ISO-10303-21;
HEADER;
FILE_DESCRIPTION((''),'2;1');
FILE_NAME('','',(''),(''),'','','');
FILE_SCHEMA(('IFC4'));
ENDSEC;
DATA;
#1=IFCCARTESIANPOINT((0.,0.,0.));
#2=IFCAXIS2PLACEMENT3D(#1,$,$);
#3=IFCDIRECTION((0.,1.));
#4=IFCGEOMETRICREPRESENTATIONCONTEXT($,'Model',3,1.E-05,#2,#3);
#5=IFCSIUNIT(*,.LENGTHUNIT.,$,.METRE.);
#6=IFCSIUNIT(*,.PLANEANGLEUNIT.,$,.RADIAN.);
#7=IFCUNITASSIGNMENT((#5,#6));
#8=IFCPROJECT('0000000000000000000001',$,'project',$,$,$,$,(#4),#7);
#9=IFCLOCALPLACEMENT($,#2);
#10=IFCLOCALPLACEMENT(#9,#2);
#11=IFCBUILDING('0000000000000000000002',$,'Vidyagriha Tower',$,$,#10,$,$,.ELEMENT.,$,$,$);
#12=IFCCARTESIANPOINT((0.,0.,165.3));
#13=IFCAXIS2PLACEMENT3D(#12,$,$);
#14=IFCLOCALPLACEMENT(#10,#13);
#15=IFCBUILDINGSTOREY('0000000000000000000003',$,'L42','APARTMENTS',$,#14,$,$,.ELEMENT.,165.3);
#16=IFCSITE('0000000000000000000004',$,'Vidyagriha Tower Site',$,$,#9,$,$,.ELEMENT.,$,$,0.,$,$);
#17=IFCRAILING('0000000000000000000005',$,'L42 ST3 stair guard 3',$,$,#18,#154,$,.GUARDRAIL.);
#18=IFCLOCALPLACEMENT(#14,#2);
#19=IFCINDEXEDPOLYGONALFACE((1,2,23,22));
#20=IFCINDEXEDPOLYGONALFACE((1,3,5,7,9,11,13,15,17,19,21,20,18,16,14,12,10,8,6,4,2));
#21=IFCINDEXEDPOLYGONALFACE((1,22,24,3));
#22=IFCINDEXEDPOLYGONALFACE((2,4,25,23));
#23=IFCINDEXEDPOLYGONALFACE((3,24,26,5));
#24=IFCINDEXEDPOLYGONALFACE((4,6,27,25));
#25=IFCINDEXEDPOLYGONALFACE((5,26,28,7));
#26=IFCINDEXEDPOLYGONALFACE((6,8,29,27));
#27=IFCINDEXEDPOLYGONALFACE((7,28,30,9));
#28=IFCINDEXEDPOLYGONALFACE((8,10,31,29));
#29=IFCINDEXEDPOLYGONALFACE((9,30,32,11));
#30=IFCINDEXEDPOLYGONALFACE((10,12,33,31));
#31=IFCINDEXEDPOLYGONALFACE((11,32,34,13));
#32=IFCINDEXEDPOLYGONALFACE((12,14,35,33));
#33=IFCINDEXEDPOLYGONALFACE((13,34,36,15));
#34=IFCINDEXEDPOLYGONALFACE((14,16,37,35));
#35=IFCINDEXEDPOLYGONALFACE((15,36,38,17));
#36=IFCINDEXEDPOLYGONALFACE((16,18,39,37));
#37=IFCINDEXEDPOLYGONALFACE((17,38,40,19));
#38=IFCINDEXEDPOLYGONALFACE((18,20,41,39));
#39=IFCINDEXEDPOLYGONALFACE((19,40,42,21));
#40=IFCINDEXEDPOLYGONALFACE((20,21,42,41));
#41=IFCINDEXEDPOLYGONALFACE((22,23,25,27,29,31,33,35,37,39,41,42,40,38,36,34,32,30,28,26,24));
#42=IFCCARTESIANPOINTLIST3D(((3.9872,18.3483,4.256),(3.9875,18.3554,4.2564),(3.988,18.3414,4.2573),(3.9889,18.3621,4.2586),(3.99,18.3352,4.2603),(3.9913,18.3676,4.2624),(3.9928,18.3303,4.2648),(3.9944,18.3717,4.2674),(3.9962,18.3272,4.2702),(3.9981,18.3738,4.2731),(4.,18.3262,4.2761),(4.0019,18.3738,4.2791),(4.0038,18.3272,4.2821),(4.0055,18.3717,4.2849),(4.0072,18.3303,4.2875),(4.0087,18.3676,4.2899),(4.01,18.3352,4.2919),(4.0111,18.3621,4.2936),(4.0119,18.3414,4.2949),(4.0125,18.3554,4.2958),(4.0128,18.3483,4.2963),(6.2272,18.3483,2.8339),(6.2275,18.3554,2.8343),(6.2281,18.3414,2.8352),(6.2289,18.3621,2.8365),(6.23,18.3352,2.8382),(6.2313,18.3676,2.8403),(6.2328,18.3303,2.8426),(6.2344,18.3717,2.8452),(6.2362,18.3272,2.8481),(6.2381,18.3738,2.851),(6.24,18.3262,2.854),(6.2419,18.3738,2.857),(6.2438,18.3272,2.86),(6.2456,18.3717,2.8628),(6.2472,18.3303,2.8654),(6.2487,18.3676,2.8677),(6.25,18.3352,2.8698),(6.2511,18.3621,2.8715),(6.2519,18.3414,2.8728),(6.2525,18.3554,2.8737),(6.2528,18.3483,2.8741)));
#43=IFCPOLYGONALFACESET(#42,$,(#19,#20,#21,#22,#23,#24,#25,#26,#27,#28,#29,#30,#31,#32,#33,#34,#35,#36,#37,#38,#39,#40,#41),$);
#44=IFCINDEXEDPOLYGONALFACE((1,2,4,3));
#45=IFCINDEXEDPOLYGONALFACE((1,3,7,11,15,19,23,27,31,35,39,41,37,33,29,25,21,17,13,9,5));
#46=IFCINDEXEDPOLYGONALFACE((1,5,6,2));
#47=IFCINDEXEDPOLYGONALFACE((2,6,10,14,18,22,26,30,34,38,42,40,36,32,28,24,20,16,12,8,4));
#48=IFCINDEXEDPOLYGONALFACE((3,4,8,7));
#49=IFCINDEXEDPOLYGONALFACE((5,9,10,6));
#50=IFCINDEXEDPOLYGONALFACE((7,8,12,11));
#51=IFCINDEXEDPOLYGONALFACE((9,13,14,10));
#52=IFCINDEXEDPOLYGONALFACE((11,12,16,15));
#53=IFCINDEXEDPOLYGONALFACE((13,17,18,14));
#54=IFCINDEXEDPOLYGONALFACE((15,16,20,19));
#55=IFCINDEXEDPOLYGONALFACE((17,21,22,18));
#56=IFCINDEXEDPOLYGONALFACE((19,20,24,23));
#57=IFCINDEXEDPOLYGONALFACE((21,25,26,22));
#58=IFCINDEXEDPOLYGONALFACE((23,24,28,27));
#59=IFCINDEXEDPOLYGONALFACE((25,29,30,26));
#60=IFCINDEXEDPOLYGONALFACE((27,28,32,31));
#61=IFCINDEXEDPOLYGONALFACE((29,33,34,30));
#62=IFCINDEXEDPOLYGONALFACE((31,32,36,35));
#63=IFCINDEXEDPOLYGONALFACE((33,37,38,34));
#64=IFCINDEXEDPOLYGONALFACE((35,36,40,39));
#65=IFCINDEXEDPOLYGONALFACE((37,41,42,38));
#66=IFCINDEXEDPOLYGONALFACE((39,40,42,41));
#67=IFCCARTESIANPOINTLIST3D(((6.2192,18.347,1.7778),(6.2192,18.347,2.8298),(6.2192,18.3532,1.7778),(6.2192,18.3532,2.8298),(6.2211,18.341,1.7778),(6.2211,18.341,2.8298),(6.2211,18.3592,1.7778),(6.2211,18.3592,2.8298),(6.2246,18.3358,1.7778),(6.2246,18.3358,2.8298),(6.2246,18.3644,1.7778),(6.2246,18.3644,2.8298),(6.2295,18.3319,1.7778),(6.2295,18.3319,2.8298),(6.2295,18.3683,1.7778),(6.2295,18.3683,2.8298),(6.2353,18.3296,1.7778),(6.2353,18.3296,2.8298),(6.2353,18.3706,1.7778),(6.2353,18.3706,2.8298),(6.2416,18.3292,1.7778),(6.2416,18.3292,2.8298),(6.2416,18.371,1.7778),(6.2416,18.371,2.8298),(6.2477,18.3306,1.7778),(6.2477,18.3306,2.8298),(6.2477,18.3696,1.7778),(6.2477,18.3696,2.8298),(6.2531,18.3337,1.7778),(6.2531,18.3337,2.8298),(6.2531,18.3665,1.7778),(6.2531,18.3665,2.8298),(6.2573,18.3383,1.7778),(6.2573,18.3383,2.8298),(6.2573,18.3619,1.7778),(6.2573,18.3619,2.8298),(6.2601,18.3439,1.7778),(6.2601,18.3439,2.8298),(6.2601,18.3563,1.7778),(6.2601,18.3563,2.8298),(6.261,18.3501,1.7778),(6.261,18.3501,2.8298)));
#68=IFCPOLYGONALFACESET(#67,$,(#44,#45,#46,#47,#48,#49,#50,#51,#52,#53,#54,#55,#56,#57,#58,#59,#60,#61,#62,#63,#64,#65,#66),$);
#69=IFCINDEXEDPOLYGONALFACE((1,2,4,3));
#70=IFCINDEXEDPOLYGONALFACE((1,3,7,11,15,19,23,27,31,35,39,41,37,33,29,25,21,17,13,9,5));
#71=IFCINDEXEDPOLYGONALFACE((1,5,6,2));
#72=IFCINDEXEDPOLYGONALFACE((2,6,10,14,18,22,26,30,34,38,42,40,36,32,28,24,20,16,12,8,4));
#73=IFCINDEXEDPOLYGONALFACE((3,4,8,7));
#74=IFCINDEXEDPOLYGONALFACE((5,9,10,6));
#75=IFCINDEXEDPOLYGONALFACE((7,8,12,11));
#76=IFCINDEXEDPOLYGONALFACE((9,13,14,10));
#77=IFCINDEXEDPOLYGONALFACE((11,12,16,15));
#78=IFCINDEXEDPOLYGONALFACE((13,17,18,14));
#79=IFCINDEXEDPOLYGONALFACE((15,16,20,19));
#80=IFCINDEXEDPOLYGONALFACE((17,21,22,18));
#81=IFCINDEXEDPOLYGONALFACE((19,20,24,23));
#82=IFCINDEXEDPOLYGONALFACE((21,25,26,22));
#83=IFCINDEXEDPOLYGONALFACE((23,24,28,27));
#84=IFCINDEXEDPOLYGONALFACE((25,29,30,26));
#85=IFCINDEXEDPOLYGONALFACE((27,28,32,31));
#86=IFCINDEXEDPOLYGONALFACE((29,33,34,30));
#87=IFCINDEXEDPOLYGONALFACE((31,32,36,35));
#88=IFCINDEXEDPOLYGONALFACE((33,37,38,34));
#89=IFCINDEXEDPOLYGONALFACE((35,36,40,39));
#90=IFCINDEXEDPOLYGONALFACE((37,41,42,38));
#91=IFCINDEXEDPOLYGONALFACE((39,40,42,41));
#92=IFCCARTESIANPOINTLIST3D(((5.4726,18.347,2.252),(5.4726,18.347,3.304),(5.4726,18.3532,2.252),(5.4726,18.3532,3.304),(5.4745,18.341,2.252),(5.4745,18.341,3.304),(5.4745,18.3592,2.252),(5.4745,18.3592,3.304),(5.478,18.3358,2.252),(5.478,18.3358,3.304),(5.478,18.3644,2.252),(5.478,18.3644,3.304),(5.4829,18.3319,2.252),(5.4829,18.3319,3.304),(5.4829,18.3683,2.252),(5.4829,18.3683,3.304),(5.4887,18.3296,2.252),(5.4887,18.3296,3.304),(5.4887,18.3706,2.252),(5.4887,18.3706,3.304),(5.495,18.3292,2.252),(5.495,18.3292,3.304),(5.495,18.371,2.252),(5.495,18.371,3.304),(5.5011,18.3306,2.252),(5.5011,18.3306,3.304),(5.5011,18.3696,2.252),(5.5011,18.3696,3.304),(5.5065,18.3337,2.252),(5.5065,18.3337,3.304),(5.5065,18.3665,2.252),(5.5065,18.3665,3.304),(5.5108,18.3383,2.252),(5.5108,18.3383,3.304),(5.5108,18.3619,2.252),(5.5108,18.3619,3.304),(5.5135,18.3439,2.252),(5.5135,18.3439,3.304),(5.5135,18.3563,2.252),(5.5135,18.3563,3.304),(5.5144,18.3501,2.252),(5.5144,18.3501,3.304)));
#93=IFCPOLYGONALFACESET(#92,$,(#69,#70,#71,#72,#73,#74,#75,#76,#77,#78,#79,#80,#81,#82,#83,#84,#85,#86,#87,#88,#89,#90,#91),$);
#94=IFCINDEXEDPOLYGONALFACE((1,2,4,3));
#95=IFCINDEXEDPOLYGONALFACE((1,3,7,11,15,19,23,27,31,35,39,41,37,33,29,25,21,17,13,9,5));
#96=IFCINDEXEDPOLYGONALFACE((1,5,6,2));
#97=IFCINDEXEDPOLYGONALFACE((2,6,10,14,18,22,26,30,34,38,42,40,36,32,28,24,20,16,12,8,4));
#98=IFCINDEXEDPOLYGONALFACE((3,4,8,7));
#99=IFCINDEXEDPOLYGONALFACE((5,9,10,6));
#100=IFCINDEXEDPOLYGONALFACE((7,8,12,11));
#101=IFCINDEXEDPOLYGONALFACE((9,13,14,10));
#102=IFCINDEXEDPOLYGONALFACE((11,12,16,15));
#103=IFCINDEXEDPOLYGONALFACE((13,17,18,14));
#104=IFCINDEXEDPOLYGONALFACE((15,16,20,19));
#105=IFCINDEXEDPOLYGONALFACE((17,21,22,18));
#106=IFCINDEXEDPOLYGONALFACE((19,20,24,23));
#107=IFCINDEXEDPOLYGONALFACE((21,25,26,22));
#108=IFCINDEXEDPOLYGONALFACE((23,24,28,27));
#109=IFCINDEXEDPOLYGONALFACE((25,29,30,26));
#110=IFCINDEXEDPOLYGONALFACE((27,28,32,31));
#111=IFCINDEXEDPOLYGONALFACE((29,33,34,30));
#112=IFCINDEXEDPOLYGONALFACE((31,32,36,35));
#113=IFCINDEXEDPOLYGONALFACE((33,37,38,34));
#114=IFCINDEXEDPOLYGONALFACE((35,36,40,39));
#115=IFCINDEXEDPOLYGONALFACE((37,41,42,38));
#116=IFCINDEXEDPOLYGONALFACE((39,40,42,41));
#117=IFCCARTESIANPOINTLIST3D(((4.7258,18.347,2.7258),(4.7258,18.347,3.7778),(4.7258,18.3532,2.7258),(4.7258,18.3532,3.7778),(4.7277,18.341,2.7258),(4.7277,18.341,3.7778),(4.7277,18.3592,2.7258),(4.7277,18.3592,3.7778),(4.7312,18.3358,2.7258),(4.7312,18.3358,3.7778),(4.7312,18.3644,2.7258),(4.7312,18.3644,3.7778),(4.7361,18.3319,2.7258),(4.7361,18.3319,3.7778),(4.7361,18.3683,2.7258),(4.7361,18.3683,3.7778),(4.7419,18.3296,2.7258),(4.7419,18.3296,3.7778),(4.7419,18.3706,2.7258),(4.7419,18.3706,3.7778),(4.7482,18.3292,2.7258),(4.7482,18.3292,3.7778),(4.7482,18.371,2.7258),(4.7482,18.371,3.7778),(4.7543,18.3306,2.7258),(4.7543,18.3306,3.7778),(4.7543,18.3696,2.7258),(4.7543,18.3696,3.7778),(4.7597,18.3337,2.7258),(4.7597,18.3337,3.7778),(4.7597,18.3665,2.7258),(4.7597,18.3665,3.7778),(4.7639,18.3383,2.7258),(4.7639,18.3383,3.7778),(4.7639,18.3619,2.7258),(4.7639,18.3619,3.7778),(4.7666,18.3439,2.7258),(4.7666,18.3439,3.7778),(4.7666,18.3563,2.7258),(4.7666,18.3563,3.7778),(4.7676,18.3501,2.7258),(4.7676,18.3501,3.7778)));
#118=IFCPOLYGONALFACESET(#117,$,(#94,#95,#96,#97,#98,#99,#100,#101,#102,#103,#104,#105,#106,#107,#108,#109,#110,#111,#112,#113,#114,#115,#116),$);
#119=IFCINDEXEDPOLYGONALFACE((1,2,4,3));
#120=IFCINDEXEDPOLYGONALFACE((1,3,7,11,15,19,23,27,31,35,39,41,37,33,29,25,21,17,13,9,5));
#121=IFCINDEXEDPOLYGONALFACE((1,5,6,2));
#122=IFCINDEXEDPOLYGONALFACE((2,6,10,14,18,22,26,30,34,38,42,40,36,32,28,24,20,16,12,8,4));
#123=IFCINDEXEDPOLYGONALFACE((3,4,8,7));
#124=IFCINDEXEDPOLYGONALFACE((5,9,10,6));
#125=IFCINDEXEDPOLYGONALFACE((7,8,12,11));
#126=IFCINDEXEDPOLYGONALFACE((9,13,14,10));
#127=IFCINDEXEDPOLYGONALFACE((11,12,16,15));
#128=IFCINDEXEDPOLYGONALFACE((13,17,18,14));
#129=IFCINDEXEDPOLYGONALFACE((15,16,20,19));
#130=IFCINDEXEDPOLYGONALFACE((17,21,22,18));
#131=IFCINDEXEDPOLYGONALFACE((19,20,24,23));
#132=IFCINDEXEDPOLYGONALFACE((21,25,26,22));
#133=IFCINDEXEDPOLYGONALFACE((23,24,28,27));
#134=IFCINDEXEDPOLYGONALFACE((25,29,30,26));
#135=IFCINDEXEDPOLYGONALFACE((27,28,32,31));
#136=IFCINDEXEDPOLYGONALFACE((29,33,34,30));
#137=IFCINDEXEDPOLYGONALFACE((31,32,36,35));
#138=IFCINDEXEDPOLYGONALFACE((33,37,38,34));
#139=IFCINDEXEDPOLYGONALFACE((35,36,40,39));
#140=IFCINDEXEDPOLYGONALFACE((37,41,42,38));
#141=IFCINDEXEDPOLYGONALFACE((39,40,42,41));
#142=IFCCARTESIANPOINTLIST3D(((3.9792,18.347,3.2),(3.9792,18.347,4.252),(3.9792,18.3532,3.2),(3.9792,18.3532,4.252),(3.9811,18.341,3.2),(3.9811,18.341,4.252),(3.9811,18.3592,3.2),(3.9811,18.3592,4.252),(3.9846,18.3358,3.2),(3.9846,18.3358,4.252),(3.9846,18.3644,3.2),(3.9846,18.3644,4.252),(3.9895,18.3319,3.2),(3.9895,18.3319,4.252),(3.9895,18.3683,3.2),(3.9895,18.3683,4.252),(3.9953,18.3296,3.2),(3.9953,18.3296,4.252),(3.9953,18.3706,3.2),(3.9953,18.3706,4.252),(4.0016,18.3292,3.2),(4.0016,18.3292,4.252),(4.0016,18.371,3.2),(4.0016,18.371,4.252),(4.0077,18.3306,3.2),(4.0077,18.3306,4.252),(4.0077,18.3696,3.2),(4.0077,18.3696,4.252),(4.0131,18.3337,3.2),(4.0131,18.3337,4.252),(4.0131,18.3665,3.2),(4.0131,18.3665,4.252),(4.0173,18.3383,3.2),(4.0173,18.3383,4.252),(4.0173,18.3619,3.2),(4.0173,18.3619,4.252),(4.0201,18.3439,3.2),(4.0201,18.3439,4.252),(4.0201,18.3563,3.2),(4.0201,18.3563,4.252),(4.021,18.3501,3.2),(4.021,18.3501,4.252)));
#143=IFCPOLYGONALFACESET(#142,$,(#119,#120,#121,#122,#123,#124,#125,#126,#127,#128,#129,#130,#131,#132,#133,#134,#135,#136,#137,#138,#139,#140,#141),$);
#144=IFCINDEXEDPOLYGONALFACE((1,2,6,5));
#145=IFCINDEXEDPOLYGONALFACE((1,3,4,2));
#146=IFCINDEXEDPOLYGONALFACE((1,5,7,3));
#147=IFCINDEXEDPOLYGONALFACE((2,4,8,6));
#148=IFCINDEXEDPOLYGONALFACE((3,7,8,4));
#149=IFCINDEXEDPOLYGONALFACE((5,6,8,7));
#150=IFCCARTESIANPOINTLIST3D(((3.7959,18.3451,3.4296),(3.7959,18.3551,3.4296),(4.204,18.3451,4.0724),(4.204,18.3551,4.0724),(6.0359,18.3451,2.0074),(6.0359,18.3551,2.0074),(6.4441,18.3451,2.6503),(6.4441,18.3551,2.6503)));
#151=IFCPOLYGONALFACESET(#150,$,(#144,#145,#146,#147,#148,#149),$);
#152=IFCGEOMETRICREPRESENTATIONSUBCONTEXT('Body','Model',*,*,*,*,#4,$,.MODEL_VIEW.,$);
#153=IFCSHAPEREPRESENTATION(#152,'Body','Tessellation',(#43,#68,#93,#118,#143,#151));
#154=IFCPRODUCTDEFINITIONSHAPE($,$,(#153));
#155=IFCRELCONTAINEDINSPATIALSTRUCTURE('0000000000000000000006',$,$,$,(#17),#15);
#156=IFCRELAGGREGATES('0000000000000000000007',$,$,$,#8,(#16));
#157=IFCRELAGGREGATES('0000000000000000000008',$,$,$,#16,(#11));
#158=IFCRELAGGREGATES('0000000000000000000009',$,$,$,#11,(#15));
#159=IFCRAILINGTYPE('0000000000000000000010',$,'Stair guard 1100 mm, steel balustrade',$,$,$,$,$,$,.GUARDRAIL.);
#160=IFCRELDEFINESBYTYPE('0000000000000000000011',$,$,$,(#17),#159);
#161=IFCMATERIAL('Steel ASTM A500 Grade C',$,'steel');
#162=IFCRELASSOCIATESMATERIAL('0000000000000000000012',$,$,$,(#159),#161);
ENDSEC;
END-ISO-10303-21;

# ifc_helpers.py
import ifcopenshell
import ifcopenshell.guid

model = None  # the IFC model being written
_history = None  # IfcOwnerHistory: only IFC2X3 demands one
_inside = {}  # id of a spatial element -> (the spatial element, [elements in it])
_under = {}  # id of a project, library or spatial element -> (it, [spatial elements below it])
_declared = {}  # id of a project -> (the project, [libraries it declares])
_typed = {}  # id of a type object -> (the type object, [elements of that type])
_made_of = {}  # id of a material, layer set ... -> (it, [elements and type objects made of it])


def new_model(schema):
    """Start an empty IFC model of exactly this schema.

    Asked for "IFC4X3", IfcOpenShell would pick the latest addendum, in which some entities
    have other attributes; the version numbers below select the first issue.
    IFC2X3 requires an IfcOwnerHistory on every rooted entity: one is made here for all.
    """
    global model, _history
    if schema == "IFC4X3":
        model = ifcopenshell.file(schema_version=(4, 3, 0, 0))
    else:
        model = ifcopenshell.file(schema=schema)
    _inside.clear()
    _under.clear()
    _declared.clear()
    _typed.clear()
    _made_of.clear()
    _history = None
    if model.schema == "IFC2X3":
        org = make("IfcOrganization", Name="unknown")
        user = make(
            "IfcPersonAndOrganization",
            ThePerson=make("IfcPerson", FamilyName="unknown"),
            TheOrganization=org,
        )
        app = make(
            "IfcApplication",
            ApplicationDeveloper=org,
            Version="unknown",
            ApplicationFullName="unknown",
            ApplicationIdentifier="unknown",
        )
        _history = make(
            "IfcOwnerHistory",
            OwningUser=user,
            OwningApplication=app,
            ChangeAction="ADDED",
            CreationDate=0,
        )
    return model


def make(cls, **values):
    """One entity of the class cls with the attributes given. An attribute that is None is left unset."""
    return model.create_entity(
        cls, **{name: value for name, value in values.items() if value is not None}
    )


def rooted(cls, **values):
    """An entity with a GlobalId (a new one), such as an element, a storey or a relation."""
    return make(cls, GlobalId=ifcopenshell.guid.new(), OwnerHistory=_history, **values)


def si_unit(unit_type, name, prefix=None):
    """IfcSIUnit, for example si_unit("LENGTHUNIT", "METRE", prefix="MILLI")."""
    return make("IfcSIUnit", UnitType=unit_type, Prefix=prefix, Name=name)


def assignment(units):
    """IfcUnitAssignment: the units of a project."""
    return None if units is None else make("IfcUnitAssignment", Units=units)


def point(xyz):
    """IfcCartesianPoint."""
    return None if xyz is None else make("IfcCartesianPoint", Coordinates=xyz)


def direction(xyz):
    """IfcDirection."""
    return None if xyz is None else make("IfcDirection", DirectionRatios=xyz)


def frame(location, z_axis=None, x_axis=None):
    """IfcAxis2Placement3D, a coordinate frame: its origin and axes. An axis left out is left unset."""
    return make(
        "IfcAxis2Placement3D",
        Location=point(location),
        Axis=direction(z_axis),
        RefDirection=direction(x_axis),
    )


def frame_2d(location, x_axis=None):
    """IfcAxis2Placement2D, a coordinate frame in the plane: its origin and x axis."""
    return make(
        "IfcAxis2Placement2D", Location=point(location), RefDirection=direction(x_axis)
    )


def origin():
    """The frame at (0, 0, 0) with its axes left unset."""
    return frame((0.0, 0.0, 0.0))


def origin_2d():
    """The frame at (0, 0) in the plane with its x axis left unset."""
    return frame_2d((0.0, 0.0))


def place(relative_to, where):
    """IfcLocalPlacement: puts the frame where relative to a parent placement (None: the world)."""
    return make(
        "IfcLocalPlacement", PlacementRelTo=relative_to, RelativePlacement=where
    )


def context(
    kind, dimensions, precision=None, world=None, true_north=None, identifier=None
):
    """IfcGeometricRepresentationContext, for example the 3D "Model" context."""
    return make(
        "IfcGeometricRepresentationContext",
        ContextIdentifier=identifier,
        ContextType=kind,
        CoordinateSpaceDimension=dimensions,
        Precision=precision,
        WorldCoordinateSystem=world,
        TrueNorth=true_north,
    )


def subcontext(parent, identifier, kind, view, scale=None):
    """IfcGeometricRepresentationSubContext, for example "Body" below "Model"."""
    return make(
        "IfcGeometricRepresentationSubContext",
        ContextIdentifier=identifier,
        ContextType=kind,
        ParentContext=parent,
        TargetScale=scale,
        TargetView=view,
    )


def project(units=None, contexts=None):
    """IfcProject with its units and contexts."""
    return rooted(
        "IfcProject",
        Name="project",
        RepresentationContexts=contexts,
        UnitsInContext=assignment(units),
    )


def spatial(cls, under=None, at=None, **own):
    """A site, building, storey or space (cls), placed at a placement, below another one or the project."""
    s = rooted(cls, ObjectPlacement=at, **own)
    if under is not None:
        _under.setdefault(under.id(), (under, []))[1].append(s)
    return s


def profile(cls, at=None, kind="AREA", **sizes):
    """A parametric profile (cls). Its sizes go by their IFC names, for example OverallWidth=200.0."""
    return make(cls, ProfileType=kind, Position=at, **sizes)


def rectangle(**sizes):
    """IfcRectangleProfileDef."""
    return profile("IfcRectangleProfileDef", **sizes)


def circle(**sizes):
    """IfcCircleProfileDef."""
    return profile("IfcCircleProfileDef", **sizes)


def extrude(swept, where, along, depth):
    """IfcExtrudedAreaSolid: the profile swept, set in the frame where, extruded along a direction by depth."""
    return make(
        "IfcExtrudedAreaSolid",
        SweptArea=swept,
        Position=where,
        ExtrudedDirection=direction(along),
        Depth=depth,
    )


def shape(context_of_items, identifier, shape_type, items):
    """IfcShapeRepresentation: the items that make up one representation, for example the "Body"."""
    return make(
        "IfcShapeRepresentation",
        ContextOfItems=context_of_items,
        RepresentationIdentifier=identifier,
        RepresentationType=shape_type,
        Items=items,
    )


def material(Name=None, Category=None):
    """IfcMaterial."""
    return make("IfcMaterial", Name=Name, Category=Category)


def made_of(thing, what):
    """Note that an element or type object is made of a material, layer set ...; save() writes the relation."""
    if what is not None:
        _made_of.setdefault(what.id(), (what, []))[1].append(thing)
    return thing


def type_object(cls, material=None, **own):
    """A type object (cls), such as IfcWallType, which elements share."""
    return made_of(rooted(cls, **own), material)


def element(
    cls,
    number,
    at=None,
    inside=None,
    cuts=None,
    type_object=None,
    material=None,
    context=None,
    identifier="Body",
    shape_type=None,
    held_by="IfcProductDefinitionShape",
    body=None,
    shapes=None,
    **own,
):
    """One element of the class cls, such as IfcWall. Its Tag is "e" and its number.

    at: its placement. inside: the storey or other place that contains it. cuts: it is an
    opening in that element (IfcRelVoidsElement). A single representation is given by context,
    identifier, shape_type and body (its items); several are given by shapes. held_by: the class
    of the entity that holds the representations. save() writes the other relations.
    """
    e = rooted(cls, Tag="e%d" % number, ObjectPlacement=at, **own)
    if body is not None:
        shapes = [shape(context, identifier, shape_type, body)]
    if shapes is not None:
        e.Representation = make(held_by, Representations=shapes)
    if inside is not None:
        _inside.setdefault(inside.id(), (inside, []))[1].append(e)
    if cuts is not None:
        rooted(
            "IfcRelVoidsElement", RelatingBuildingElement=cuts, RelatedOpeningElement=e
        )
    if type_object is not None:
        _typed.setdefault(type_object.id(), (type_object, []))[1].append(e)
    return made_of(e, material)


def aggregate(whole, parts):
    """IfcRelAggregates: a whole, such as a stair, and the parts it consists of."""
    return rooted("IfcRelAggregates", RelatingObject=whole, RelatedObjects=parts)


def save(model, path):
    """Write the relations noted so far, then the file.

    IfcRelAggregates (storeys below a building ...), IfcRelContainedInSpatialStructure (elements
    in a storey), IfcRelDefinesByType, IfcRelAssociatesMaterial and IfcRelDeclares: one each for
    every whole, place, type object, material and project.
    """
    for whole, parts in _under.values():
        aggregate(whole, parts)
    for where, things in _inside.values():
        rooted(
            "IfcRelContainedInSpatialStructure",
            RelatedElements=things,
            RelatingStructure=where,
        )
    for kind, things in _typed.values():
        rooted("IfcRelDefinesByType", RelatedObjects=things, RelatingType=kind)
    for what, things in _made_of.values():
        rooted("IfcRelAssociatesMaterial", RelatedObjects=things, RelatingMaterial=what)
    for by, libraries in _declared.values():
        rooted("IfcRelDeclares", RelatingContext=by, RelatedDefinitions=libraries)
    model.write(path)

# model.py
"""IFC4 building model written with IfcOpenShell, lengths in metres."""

from ifc_helpers import new_model, si_unit, direction, frame, origin, origin_2d, place, context, subcontext, project, spatial, rectangle, circle, extrude, material, type_object, element, save


model = new_model("IFC4")

# Units and contexts
model_context = context("Model", 3, precision=1e-05, world=origin(), true_north=direction((0.0, 1.0)))
body_context = subcontext(model_context, "Body", "Model", "MODEL_VIEW")
ifc_project = project(units=[si_unit("LENGTHUNIT", "METRE"), si_unit("PLANEANGLEUNIT", "RADIAN")], contexts=[model_context])

# Site, building, storey
site_placement = place(None, origin())
site = spatial("IfcSite", under=ifc_project, at=site_placement, Name="Vidyagriha Tower Site", CompositionType="ELEMENT", RefElevation=0.0)
building_placement = place(site_placement, origin())
building = spatial("IfcBuilding", under=site, at=building_placement, Name="Vidyagriha Tower", CompositionType="ELEMENT")
storey_placement = place(building_placement, frame((0.0, 0.0, 165.3)))
storey = spatial("IfcBuildingStorey", under=building, at=storey_placement, Name="L42", Description="APARTMENTS", CompositionType="ELEMENT", Elevation=165.3)

# Railing
ifc_material_1 = material(Name="Steel ASTM A500 Grade C", Category="steel")
railing_type_1 = type_object("IfcRailingType", Name="Stair guard 1100 mm, steel balustrade", PredefinedType="GUARDRAIL", material=ifc_material_1)
railing_1_placement = place(storey_placement, frame((6.24, 18.3501, 1.7778)))
element("IfcRailing", 1, at=railing_1_placement, inside=storey, type_object=railing_type_1, Name="L42 ST3 stair guard 3", PredefinedType="GUARDRAIL", context=body_context, shape_type="SweptSolid", body=[
    extrude(circle(Radius=0.0239, at=origin_2d()), frame((0.0, 0.0, 1.0762), z_axis=(-0.844229, 0.0, 0.535982), x_axis=(0.0, -1.0, 0.0)), (0.0, 0.0, 1.0), 2.6533),
    extrude(circle(Radius=0.021, at=origin_2d()), origin(), (0.0, 0.0, 1.0), 1.052),
    extrude(circle(Radius=0.021, at=origin_2d()), frame((-0.7466, 0.0, 0.4741)), (0.0, 0.0, 1.0), 1.052),
    extrude(circle(Radius=0.021, at=origin_2d()), frame((-1.4934, 0.0, 0.948)), (0.0, 0.0, 1.0), 1.052),
    extrude(circle(Radius=0.021, at=origin_2d()), frame((-2.24, 0.0, 1.4221)), (0.0, 0.0, 1.0), 1.052),
    extrude(rectangle(XDim=0.01, YDim=0.7615, at=origin_2d()), frame((0.0, 0.0, 0.551), z_axis=(-0.844229, 0.0, 0.535982), x_axis=(0.0, -1.0, 0.0)), (0.0, 0.0, 1.0), 2.6533),
])

save(model, "model.ifc")
